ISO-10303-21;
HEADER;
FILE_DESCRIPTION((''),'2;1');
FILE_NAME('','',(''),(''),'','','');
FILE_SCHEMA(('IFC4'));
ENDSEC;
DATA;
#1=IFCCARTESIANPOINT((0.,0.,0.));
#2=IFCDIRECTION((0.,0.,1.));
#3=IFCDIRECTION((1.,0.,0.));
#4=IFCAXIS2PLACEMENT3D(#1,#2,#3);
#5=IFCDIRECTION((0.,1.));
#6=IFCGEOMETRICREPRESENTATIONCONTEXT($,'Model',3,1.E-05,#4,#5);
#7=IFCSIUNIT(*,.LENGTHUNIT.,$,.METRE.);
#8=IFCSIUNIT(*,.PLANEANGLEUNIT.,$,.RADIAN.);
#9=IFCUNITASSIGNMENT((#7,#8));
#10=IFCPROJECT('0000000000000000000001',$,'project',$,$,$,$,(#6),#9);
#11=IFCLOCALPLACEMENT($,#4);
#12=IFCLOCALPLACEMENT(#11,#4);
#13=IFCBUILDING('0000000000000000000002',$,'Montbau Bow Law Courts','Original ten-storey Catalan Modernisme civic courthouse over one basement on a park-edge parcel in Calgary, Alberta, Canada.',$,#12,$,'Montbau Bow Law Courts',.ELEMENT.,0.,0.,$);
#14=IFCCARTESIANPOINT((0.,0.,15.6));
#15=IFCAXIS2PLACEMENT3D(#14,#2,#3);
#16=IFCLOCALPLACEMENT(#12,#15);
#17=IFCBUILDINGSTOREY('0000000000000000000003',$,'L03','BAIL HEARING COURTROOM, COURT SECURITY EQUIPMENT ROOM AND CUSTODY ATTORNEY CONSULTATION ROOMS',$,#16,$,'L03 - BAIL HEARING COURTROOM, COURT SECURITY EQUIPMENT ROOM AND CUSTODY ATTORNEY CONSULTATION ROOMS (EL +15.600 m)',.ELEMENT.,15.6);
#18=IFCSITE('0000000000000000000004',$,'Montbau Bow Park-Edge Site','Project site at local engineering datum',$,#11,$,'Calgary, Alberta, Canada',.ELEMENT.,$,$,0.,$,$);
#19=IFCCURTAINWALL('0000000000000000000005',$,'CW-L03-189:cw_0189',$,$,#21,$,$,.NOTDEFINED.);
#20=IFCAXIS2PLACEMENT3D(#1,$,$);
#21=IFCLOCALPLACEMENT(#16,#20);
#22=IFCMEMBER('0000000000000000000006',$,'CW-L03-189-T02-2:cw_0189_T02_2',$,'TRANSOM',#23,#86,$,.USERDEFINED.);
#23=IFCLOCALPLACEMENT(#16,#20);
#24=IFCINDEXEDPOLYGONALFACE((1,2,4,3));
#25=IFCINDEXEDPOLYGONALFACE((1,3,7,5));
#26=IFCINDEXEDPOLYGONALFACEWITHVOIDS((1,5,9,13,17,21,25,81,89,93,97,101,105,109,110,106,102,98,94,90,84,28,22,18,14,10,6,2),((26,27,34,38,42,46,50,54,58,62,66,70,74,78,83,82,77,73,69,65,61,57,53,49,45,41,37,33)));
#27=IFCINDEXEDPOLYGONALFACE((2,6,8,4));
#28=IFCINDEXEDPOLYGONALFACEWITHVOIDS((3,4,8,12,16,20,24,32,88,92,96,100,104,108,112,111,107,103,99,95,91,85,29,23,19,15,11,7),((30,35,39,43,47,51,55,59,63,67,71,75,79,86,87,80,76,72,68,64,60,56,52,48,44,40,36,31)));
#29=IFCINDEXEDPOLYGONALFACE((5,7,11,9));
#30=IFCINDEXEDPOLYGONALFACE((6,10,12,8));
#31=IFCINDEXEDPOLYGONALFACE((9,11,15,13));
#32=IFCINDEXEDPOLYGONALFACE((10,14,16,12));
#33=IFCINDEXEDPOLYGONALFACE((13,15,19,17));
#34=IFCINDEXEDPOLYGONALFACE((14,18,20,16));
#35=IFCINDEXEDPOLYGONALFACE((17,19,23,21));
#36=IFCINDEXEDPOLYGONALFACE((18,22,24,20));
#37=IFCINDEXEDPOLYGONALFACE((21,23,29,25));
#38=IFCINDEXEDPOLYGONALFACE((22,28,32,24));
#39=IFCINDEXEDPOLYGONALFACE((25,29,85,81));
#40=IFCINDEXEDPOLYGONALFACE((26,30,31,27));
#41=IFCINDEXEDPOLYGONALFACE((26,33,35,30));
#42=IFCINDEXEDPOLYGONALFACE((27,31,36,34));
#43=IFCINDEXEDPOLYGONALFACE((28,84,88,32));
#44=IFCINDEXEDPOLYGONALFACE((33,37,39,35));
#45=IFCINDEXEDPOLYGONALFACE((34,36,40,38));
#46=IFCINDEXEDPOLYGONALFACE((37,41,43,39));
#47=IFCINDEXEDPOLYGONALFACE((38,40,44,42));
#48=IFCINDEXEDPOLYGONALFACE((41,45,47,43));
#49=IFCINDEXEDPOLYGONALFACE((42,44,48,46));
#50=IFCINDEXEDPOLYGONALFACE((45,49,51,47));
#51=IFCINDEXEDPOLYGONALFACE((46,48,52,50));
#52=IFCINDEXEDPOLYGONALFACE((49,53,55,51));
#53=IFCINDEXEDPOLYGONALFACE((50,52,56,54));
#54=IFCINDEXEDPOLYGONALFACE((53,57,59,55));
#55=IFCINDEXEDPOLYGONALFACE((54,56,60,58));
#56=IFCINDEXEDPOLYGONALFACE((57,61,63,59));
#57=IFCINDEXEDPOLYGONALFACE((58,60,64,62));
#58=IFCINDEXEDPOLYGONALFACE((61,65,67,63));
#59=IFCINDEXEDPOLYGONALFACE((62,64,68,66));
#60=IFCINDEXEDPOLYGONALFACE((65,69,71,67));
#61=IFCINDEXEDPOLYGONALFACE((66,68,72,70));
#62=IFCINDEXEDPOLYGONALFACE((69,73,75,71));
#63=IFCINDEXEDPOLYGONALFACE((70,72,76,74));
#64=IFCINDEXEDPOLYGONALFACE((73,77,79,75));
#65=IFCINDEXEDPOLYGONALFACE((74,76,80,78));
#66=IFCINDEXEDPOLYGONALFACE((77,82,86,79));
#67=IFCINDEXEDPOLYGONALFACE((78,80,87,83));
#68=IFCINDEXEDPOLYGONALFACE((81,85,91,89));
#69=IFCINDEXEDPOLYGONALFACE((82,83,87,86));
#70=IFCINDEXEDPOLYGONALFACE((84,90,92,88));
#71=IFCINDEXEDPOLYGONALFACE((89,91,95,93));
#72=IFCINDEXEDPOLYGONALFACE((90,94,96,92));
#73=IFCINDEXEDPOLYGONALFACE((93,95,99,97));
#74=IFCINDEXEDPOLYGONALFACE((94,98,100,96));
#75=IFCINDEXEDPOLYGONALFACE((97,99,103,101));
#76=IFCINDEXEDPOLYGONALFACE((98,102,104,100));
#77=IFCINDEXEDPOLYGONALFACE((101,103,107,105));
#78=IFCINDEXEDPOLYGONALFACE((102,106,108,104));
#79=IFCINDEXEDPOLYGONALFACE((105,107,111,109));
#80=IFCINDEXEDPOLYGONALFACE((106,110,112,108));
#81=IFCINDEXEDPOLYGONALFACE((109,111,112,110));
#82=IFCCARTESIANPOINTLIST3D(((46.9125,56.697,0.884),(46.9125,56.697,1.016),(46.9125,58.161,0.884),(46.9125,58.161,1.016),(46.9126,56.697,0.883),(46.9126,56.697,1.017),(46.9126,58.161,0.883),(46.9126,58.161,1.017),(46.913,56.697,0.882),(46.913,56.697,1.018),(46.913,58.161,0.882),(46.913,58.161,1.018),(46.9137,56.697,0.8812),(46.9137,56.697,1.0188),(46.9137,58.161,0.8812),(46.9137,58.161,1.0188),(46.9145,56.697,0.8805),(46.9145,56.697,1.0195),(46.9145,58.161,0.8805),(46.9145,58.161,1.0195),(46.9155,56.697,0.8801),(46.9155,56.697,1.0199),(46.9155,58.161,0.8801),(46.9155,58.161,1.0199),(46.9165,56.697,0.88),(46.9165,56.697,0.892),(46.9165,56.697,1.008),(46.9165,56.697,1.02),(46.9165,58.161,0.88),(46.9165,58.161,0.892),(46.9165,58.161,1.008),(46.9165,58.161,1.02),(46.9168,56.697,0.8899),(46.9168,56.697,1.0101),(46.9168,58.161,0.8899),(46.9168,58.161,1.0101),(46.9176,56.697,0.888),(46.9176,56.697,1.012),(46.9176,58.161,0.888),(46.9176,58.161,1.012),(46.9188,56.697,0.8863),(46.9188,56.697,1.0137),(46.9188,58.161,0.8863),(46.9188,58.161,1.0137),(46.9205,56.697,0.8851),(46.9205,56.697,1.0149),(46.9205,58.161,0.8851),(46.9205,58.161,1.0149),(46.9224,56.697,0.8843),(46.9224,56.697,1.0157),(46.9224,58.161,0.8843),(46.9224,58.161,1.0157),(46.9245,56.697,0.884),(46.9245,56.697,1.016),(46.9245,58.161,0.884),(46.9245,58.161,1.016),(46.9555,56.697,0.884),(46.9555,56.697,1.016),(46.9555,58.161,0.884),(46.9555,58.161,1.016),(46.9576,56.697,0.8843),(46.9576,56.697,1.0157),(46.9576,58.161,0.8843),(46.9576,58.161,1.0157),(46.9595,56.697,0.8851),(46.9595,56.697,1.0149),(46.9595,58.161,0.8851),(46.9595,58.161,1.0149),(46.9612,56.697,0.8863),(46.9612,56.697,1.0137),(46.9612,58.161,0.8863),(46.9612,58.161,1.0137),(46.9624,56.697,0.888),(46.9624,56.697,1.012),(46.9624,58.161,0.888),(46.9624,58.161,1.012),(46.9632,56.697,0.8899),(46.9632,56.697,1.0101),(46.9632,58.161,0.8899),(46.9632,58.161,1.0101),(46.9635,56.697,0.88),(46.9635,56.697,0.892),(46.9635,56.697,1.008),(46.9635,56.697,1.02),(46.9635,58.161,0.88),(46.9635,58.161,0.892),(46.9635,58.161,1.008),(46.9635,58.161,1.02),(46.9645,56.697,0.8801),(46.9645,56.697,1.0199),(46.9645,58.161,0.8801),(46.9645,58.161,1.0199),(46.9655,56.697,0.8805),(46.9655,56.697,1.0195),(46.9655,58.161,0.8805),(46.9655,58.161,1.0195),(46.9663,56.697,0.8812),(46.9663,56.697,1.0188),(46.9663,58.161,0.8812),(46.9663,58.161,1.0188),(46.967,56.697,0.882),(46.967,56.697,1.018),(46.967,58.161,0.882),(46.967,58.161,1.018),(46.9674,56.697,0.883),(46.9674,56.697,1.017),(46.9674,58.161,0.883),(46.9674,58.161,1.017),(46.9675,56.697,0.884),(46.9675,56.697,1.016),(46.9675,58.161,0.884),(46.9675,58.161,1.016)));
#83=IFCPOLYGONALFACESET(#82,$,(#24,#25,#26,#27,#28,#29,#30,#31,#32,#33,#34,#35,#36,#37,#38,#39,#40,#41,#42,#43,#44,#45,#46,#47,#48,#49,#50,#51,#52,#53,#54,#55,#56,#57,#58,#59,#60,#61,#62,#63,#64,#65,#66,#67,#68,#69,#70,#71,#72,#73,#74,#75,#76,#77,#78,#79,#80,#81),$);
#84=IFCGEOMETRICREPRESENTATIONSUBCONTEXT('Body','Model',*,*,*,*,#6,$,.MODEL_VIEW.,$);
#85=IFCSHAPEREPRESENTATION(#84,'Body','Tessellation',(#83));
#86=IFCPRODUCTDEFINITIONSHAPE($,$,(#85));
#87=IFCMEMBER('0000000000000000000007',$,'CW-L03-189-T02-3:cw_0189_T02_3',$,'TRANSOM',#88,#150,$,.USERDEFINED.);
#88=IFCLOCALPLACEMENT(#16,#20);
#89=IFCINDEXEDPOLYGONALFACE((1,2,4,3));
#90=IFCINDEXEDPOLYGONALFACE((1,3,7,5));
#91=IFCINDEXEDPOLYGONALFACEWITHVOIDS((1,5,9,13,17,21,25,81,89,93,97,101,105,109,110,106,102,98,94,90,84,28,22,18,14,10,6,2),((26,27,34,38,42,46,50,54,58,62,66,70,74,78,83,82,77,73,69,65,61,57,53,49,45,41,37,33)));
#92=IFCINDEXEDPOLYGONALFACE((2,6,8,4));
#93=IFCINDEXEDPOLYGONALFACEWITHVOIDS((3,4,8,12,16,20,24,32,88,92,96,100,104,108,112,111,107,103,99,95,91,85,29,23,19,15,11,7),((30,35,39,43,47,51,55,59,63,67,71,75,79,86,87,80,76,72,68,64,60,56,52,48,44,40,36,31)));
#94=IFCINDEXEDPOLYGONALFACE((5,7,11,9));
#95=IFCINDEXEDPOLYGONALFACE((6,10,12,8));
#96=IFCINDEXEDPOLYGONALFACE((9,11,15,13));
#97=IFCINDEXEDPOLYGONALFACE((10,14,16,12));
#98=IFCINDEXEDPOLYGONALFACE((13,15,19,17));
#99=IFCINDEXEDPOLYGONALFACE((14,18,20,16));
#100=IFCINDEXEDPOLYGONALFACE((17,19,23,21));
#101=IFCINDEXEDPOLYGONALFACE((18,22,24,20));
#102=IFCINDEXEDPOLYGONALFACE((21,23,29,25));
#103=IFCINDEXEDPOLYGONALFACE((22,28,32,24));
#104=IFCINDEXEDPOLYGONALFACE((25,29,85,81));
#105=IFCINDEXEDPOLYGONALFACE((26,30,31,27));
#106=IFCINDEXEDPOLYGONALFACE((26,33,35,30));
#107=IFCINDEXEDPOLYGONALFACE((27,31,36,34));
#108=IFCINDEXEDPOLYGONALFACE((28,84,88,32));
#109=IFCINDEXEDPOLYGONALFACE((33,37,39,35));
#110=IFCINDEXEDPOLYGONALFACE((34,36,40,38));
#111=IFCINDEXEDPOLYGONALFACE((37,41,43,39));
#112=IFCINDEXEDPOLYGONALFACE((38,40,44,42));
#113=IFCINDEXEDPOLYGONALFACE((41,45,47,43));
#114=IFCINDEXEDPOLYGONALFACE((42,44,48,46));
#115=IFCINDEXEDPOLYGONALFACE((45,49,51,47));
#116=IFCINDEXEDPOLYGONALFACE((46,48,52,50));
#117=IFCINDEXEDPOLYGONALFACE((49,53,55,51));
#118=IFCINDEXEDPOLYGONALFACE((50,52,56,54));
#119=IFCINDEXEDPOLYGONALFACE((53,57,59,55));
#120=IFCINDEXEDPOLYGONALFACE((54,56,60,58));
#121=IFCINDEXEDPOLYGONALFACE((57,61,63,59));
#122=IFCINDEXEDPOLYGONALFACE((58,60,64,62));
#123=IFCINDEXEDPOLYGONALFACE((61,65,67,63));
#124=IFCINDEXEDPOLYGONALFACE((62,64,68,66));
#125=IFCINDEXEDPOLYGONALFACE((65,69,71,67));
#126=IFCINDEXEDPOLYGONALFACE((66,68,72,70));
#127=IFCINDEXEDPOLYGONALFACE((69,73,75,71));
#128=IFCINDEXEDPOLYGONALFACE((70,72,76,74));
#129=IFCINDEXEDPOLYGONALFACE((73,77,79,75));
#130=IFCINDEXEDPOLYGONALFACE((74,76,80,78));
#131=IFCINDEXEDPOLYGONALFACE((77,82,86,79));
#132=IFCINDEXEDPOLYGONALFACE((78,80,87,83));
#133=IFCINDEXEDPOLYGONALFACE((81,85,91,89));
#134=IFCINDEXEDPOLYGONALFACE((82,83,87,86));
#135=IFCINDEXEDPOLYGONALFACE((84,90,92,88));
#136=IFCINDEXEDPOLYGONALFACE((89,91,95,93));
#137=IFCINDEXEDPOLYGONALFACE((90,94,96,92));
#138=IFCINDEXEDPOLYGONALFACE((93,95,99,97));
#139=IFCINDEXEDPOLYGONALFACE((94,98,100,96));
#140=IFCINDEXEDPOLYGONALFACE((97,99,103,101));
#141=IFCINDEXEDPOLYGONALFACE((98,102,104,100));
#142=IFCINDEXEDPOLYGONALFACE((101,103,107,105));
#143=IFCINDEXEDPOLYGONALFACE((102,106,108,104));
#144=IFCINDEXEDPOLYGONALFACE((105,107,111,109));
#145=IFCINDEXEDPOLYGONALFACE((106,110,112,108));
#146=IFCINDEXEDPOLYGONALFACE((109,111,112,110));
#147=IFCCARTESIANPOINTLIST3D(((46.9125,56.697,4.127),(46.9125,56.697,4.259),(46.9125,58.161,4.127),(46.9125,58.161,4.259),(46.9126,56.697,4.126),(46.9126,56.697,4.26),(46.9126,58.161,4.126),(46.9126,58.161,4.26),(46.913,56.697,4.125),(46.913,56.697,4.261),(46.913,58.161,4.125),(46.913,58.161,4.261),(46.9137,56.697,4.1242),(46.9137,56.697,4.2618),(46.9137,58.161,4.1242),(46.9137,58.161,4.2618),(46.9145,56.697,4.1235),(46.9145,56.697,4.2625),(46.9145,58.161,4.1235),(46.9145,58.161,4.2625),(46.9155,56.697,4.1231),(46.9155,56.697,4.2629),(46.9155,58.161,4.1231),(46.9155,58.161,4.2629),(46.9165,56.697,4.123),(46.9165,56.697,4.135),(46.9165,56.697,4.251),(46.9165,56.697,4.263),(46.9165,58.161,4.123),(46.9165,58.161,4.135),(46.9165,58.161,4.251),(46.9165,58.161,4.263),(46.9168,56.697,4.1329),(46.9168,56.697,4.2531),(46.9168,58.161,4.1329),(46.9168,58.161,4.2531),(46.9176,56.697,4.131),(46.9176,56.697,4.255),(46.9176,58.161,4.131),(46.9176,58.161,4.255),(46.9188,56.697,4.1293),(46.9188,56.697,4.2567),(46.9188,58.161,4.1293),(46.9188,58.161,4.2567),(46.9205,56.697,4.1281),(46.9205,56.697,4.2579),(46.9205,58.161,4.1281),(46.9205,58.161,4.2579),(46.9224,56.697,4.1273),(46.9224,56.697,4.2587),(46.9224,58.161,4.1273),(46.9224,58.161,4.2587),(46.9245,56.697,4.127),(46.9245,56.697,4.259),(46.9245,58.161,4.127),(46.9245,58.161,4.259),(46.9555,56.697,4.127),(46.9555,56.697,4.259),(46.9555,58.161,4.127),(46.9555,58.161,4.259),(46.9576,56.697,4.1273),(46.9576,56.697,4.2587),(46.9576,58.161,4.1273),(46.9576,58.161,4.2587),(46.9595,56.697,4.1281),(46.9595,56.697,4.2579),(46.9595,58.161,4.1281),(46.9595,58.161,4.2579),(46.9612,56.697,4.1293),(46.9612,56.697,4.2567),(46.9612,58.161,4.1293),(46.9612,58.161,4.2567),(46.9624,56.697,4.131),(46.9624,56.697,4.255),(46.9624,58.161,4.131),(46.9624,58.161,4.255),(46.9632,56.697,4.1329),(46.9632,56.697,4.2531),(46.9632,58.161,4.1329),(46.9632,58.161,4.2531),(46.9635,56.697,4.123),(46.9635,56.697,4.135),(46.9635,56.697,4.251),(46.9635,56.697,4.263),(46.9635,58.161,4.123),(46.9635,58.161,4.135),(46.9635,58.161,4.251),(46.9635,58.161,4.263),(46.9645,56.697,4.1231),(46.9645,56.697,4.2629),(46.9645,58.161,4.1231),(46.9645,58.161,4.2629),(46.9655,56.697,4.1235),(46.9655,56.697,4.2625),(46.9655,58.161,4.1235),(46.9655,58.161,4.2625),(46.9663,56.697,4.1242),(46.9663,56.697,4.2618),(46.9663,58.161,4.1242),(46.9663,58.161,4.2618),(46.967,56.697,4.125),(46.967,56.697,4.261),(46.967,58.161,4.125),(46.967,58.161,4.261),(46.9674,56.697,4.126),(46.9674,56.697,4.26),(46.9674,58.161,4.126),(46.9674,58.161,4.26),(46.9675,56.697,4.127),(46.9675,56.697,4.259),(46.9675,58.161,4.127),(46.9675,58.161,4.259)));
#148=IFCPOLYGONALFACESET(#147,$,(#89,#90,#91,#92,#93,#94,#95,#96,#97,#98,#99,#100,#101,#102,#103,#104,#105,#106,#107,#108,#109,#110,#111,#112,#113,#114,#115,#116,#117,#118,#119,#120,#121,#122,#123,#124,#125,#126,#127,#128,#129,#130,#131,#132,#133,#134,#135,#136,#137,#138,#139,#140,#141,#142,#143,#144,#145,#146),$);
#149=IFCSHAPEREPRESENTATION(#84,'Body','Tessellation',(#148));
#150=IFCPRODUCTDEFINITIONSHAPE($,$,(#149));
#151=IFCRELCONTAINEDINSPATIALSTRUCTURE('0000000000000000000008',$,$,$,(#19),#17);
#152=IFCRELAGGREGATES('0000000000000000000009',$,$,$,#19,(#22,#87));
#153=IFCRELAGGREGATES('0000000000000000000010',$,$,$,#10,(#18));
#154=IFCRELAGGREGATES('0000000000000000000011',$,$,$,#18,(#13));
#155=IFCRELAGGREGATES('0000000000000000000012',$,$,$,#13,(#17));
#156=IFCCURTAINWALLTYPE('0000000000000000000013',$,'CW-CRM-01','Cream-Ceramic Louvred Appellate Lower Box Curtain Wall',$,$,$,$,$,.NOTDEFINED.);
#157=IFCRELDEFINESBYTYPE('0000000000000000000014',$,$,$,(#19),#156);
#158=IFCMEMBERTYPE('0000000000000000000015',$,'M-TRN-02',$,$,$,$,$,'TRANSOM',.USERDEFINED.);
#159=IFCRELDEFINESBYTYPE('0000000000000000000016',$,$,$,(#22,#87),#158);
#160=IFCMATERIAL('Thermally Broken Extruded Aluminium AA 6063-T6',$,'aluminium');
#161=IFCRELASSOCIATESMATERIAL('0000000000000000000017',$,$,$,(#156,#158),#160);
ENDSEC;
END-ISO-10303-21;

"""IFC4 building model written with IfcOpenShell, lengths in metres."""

from ifc_helpers import new_model, si_unit, direction, frame, origin_with_axes, origin_2d_with_axis, place, context, subcontext, project, spatial, hollow_rectangle, extrude, material, material_profile, profile_set, type_object, element, aggregate, save


model = new_model("IFC4")

# Units and contexts
model_context = context("Model", 3, precision=1e-05, world=origin_with_axes(), true_north=direction((0.0, 1.0)))
body_context = subcontext(model_context, "Body", "Model", "MODEL_VIEW")
ifc_project = project(units=[si_unit("LENGTHUNIT", "METRE"), si_unit("PLANEANGLEUNIT", "RADIAN")], contexts=[model_context])

# Site, building, storey
site_placement = place(None, origin_with_axes())
site = spatial("IfcSite", under=ifc_project, at=site_placement, Name="Montbau Bow Park-Edge Site", Description="Project site at local engineering datum", LongName="Calgary, Alberta, Canada", CompositionType="ELEMENT", RefElevation=0.0)
building_placement = place(site_placement, origin_with_axes())
building = spatial("IfcBuilding", under=site, at=building_placement, Name="Montbau Bow Law Courts", Description="Original ten-storey Catalan Modernisme civic courthouse over one basement on a park-edge parcel in Calgary, Alberta, Canada.", LongName="Montbau Bow Law Courts", CompositionType="ELEMENT", ElevationOfRefHeight=0.0, ElevationOfTerrain=0.0)
storey_placement = place(building_placement, frame((0.0, 0.0, 15.6), z_axis=(0.0, 0.0, 1.0), x_axis=(1.0, 0.0, 0.0)))
storey = spatial("IfcBuildingStorey", under=building, at=storey_placement, Name="L03", Description="BAIL HEARING COURTROOM, COURT SECURITY EQUIPMENT ROOM AND CUSTODY ATTORNEY CONSULTATION ROOMS", LongName="L03 - BAIL HEARING COURTROOM, COURT SECURITY EQUIPMENT ROOM AND CUSTODY ATTORNEY CONSULTATION ROOMS (EL +15.600 m)", CompositionType="ELEMENT", Elevation=15.6)

# Curtain wall, members
ifc_material_1 = material(Name="Thermally Broken Extruded Aluminium AA 6063-T6", Category="aluminium")
curtain_wall_type = type_object("IfcCurtainWallType", Name="CW-CRM-01", Description="Cream-Ceramic Louvred Appellate Lower Box Curtain Wall", PredefinedType="NOTDEFINED", material=ifc_material_1)
curtain_wall_placement = place(None, frame((46.94, 55.115, 15.6), z_axis=(0.0, 0.0, 1.0), x_axis=(1.0, 0.0, 0.0)))
curtain_wall = element("IfcCurtainWall", 1, at=curtain_wall_placement, inside=storey, type_object=curtain_wall_type, Name="CW-L03-189:cw_0189", PredefinedType="NOTDEFINED")
ifc_material_profile_1 = material_profile(ifc_material_1, hollow_rectangle(XDim=0.055, YDim=0.14, WallThickness=0.004, InnerFilletRadius=0.008, OuterFilletRadius=0.004, at=origin_2d_with_axis()), Name="CWT-140X55", Category="Main", Priority=0)
ifc_profile_set_1 = profile_set([ifc_material_profile_1], Name="Thermally Broken Extruded Aluminium AA 6063-T6")
member_type_1 = type_object("IfcMemberType", Name="M-TRN-02", ElementType="TRANSOM", PredefinedType="USERDEFINED", material=ifc_profile_set_1)
member_1_placement = place(None, frame((46.94, 56.697, 16.55), z_axis=(0.0, 1.0, 0.0), x_axis=(-1.0, 0.0, 0.0)))
member_1 = element("IfcMember", 2, at=member_1_placement, type_object=member_type_1, Name="CW-L03-189-T02-2:cw_0189_T02_2", ObjectType="TRANSOM", PredefinedType="USERDEFINED", context=body_context, shape_type="SweptSolid", body=[
    extrude(hollow_rectangle(XDim=0.055, YDim=0.14, WallThickness=0.004, InnerFilletRadius=0.008, OuterFilletRadius=0.004, at=origin_2d_with_axis()), origin_with_axes(), (0.0, 0.0, 1.0), 1.464),
])
member_2_placement = place(None, frame((46.94, 56.697, 19.793), z_axis=(0.0, 1.0, 0.0), x_axis=(-1.0, 0.0, 0.0)))
member_2 = element("IfcMember", 3, at=member_2_placement, type_object=member_type_1, Name="CW-L03-189-T02-3:cw_0189_T02_3", ObjectType="TRANSOM", PredefinedType="USERDEFINED", context=body_context, shape_type="SweptSolid", body=[
    extrude(hollow_rectangle(XDim=0.055, YDim=0.14, WallThickness=0.004, InnerFilletRadius=0.008, OuterFilletRadius=0.004, at=origin_2d_with_axis()), origin_with_axes(), (0.0, 0.0, 1.0), 1.464),
])
aggregate(curtain_wall, [member_1, member_2])

save(model, "model.ifc")
